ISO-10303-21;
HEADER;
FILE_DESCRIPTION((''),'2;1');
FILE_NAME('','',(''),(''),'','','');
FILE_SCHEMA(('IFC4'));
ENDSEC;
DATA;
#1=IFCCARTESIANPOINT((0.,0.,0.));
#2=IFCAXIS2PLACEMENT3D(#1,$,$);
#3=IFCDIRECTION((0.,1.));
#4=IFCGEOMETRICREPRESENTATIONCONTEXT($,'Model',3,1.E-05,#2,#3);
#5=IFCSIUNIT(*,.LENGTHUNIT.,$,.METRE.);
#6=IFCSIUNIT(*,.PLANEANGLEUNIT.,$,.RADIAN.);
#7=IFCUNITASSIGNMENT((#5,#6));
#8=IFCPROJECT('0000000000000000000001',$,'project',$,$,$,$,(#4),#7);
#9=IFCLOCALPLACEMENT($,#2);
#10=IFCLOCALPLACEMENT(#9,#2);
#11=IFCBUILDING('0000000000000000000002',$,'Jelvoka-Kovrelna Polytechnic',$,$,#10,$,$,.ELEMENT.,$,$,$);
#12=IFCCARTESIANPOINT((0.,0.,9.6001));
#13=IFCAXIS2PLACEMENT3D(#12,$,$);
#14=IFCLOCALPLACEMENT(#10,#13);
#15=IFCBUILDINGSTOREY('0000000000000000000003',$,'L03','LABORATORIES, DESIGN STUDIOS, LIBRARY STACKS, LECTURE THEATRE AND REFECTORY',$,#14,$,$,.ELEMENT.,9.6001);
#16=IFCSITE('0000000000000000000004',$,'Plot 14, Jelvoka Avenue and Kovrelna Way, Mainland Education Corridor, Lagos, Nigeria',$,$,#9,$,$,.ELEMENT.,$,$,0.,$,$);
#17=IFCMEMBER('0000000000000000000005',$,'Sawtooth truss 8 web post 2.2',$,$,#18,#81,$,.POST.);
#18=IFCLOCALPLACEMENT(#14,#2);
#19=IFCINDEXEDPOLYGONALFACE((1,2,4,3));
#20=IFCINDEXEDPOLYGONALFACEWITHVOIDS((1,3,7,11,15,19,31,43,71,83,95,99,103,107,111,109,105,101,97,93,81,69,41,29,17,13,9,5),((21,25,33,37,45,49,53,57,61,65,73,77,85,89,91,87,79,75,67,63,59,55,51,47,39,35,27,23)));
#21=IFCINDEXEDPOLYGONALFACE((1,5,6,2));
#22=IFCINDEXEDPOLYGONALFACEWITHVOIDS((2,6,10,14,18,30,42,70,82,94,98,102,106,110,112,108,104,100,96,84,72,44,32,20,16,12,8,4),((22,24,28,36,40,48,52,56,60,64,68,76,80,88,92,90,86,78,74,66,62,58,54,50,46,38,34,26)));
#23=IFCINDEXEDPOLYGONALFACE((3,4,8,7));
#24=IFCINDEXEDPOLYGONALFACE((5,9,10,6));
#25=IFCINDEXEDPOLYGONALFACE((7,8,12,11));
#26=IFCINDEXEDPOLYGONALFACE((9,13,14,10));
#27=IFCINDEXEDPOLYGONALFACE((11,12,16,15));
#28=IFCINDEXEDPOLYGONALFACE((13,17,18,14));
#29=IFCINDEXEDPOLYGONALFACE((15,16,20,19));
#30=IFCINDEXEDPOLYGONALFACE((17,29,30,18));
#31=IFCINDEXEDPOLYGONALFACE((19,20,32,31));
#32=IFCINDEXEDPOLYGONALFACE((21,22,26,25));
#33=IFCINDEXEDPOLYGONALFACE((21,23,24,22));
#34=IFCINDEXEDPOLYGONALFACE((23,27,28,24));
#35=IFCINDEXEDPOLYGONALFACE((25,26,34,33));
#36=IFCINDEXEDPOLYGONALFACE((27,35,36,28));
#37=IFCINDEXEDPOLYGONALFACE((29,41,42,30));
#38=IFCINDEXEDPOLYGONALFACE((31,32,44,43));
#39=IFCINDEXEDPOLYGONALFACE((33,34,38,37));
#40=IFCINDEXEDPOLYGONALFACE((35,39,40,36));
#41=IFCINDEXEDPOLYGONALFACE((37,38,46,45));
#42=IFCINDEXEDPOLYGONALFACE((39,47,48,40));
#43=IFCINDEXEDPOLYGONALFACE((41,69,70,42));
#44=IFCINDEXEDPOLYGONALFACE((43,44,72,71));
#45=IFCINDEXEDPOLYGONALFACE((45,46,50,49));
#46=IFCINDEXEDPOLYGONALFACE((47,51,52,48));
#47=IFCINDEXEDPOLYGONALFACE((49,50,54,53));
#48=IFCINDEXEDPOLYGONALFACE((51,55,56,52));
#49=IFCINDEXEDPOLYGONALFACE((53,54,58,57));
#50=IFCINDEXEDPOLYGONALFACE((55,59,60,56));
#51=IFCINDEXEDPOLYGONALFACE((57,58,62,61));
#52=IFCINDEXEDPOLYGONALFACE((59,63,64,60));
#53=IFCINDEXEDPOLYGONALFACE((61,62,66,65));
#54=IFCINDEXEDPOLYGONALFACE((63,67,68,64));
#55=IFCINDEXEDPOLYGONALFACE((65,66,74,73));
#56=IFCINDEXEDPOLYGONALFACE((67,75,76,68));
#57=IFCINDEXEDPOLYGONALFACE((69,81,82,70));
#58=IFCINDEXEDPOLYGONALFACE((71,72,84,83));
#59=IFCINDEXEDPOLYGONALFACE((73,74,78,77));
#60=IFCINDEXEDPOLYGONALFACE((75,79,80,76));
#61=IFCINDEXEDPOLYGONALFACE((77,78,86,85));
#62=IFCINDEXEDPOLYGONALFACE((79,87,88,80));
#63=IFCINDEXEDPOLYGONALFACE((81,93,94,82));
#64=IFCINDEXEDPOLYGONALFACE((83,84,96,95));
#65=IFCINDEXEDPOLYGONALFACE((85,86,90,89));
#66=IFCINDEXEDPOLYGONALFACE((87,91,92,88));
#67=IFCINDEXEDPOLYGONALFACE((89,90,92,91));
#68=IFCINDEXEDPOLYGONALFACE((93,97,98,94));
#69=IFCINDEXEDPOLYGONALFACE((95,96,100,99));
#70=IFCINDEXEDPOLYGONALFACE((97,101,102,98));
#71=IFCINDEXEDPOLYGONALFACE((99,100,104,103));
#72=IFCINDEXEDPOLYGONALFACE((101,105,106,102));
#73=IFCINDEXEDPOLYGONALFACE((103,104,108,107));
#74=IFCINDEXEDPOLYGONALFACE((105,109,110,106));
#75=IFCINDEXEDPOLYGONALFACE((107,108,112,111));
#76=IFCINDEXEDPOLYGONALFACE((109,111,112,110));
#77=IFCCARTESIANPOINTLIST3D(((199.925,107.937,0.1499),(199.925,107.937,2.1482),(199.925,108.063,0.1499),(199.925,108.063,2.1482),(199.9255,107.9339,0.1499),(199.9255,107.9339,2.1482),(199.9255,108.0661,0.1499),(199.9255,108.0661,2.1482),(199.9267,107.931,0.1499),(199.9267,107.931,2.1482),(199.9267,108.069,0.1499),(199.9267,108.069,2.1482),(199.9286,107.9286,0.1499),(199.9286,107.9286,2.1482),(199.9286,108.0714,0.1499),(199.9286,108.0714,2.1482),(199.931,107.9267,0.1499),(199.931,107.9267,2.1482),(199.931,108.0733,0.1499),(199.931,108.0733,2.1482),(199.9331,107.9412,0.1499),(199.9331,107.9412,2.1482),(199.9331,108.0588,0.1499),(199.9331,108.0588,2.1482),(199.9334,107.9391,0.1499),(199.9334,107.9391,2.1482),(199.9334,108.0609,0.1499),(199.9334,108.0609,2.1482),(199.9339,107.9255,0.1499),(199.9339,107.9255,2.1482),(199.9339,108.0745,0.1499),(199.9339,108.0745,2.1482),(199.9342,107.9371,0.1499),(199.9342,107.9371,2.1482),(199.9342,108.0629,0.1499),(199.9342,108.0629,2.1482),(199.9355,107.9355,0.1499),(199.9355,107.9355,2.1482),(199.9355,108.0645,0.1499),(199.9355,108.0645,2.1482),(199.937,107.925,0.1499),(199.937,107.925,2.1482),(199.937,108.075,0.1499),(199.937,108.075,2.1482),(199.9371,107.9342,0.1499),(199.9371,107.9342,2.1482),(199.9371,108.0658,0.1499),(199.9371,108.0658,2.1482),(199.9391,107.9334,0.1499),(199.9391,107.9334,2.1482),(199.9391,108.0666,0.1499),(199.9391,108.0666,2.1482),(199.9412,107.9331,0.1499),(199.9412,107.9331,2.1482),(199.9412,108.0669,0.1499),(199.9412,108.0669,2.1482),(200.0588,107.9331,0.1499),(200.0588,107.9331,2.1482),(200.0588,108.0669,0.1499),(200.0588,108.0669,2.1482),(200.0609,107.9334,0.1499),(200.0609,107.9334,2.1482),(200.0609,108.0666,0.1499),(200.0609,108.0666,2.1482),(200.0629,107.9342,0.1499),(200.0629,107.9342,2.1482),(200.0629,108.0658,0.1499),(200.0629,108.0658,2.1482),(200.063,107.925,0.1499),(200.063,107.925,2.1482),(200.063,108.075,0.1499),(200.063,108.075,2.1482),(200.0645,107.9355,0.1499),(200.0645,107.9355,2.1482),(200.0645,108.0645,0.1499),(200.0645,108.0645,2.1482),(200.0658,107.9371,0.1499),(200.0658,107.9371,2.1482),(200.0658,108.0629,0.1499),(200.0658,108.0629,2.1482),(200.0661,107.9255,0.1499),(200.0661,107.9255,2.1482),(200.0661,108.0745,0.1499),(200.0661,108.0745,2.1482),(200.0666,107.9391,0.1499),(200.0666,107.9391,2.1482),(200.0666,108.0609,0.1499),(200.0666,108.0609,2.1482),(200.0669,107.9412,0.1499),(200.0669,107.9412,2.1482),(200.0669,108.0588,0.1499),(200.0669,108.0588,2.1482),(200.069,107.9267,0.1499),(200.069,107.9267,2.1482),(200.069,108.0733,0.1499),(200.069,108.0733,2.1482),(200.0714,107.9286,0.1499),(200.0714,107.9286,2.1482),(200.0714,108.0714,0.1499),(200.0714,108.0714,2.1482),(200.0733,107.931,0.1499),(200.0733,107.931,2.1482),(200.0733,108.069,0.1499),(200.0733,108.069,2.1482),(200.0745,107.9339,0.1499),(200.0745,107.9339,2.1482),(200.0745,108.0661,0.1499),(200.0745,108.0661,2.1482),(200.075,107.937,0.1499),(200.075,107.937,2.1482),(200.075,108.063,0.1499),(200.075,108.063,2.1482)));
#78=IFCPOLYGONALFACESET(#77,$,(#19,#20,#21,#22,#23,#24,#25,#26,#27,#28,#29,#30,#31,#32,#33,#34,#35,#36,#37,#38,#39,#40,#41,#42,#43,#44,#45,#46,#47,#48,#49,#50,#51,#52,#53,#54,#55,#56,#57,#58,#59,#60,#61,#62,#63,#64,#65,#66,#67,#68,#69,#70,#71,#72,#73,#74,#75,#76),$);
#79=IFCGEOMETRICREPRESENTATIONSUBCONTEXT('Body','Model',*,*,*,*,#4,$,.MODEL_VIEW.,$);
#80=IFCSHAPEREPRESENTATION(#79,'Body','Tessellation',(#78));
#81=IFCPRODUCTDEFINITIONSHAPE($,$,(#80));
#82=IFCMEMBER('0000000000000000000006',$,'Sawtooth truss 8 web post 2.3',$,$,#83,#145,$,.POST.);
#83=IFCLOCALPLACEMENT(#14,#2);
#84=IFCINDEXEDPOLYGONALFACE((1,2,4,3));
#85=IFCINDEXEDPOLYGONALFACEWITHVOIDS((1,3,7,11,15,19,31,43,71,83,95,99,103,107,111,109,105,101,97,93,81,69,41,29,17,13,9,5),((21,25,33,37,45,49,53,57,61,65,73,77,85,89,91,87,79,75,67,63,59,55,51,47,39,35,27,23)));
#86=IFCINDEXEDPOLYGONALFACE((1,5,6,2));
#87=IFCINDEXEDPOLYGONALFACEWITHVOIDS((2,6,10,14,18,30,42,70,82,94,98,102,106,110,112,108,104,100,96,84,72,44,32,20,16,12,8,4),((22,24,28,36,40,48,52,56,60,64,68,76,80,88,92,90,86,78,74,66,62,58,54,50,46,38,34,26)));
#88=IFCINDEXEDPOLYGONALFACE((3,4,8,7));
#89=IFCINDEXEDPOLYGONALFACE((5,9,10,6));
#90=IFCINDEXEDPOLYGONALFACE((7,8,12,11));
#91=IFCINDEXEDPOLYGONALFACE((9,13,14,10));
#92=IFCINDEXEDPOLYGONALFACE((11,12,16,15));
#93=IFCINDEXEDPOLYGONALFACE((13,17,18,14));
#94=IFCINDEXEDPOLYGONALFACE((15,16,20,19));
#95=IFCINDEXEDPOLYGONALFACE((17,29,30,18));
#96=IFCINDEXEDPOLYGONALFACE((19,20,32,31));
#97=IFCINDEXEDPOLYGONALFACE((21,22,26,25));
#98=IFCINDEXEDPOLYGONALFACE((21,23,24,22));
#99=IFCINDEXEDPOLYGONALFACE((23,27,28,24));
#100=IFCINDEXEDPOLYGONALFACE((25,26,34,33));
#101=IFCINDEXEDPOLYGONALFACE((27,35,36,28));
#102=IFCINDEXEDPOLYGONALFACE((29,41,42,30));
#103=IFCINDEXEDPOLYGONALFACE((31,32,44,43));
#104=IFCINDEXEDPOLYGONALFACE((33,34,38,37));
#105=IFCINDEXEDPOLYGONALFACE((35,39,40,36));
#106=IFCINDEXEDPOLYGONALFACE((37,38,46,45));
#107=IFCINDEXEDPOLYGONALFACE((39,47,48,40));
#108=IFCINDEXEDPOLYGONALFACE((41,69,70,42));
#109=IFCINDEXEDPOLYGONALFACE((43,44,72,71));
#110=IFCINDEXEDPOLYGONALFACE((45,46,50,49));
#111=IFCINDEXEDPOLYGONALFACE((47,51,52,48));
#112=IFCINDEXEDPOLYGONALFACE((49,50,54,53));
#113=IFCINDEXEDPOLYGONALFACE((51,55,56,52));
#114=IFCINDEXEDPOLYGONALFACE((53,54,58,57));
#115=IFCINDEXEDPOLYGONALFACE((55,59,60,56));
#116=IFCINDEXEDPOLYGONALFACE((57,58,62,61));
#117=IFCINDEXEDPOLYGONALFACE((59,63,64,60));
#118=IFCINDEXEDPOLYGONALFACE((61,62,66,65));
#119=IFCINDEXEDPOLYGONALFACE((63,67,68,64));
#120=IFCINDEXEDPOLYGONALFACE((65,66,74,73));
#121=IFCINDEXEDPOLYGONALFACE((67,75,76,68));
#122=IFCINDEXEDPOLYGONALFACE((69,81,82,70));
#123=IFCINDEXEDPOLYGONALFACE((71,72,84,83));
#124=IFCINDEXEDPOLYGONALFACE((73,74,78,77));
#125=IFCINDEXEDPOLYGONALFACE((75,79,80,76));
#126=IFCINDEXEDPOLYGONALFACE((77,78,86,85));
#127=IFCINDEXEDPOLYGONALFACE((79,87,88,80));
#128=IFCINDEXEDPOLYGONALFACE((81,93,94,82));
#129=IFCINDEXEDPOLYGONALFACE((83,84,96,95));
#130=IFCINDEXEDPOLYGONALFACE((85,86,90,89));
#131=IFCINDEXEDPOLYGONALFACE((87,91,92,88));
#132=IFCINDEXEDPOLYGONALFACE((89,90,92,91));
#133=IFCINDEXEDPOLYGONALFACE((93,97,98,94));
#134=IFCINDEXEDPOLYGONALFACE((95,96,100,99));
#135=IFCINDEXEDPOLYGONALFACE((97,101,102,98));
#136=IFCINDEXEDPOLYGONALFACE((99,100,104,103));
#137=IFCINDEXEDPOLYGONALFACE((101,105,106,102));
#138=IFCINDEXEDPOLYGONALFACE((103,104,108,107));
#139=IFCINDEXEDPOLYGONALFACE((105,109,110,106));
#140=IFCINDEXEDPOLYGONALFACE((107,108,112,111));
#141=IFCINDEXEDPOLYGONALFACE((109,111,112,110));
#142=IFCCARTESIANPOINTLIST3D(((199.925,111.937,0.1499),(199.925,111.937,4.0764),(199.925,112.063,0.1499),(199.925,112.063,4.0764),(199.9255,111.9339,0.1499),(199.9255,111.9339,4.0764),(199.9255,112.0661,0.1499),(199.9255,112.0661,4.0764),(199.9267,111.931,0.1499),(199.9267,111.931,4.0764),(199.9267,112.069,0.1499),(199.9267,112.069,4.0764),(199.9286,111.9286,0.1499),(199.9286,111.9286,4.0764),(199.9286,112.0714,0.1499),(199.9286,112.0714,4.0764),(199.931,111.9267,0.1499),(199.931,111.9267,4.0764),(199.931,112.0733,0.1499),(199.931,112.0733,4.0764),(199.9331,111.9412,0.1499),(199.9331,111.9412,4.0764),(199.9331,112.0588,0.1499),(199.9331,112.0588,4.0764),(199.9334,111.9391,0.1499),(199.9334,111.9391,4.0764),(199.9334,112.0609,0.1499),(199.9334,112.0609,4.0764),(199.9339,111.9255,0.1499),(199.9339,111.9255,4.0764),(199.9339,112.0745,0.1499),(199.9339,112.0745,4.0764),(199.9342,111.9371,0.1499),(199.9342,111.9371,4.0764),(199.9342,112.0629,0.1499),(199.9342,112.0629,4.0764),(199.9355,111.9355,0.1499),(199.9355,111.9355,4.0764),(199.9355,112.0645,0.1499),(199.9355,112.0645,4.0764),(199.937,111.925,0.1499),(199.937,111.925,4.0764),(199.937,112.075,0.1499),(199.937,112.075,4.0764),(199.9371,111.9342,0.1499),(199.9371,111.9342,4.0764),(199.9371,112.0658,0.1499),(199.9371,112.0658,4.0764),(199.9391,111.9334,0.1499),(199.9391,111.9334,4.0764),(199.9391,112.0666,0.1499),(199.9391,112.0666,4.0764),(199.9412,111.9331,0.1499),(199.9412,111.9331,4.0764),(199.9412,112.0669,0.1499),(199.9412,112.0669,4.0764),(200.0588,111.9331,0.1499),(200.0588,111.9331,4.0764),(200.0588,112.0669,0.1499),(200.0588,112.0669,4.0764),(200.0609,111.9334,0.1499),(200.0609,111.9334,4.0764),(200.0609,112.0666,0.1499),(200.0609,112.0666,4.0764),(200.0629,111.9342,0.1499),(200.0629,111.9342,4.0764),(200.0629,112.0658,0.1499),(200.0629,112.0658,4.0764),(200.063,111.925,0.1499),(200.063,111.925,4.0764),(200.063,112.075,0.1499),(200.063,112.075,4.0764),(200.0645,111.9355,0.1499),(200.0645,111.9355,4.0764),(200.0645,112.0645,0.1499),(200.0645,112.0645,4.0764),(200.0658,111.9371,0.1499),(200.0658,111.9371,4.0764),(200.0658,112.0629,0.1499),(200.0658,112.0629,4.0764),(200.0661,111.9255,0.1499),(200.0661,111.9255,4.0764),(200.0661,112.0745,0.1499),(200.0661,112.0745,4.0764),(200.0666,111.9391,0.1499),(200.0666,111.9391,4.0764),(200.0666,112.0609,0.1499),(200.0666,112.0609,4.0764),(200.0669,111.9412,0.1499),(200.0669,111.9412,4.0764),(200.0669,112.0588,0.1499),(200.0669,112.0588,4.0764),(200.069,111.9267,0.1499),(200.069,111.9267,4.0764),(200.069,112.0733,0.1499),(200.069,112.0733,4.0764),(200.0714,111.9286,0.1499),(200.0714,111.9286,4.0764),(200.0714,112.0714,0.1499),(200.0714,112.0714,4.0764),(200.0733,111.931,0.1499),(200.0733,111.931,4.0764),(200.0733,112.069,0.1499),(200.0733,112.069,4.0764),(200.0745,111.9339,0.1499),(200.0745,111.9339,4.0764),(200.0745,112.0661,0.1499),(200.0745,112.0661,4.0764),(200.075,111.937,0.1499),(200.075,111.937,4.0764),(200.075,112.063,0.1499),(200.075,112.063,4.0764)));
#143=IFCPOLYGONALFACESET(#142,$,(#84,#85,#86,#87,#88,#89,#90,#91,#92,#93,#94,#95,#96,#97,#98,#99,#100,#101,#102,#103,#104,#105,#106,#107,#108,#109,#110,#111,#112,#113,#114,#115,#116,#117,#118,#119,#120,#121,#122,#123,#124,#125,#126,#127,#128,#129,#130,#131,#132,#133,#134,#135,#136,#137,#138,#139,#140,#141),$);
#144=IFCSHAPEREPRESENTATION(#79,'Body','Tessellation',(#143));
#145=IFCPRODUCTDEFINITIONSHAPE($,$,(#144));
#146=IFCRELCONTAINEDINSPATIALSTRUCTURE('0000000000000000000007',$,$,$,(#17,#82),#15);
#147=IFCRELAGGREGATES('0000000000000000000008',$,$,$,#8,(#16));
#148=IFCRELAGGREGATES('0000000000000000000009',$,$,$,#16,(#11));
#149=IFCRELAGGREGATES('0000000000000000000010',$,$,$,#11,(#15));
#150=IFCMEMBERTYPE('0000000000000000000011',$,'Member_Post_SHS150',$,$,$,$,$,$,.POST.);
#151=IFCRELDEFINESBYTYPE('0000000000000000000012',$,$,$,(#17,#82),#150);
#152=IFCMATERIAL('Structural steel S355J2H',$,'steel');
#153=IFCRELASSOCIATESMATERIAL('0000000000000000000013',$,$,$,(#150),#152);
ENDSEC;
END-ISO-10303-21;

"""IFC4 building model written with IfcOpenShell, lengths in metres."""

from ifc_helpers import new_model, si_unit, direction, frame, origin, origin_2d, place, context, subcontext, project, spatial, hollow_rectangle, extrude, material, material_profile, profile_set, type_object, element, save


model = new_model("IFC4")

# Units and contexts
model_context = context("Model", 3, precision=1e-05, world=origin(), true_north=direction((0.0, 1.0)))
body_context = subcontext(model_context, "Body", "Model", "MODEL_VIEW")
ifc_project = project(units=[si_unit("LENGTHUNIT", "METRE"), si_unit("PLANEANGLEUNIT", "RADIAN")], contexts=[model_context])

# Site, building, storey
site_placement = place(None, origin())
site = spatial("IfcSite", under=ifc_project, at=site_placement, Name="Plot 14, Jelvoka Avenue and Kovrelna Way, Mainland Education Corridor, Lagos, Nigeria", CompositionType="ELEMENT", RefElevation=0.0)
building_placement = place(site_placement, origin())
building = spatial("IfcBuilding", under=site, at=building_placement, Name="Jelvoka-Kovrelna Polytechnic", CompositionType="ELEMENT")
storey_placement = place(building_placement, frame((0.0, 0.0, 9.6001)))
storey = spatial("IfcBuildingStorey", under=building, at=storey_placement, Name="L03", Description="LABORATORIES, DESIGN STUDIOS, LIBRARY STACKS, LECTURE THEATRE AND REFECTORY", CompositionType="ELEMENT", Elevation=9.6001)

# Members
ifc_material_1 = material(Name="Structural steel S355J2H", Category="steel")
ifc_material_profile_1 = material_profile(ifc_material_1, hollow_rectangle(XDim=0.1499, YDim=0.1499, WallThickness=0.0081, InnerFilletRadius=0.0081, OuterFilletRadius=0.012, at=origin_2d()), Name="150x150x8.0 SHS")
ifc_profile_set_1 = profile_set([ifc_material_profile_1], Name="Structural steel S355J2H")
member_type_1 = type_object("IfcMemberType", Name="Member_Post_SHS150", PredefinedType="POST", material=ifc_profile_set_1)
member_1_placement = place(storey_placement, frame((200.0, 108.0, 0.1499), z_axis=(0.0, 0.0, 1.0), x_axis=(1.0, 0.0, 0.0)))
element("IfcMember", 1, at=member_1_placement, inside=storey, type_object=member_type_1, Name="Sawtooth truss 8 web post 2.2", PredefinedType="POST", context=body_context, shape_type="SweptSolid", body=[
    extrude(hollow_rectangle(XDim=0.1499, YDim=0.1499, WallThickness=0.0081, InnerFilletRadius=0.0081, OuterFilletRadius=0.012, at=origin_2d()), origin(), (0.0, 0.0, 1.0), 1.9983),
])
member_2_placement = place(storey_placement, frame((200.0, 112.0, 0.1499), z_axis=(0.0, 0.0, 1.0), x_axis=(1.0, 0.0, 0.0)))
element("IfcMember", 2, at=member_2_placement, inside=storey, type_object=member_type_1, Name="Sawtooth truss 8 web post 2.3", PredefinedType="POST", context=body_context, shape_type="SweptSolid", body=[
    extrude(hollow_rectangle(XDim=0.1499, YDim=0.1499, WallThickness=0.0081, InnerFilletRadius=0.0081, OuterFilletRadius=0.012, at=origin_2d()), origin(), (0.0, 0.0, 1.0), 3.9265),
])

save(model, "model.ifc")
